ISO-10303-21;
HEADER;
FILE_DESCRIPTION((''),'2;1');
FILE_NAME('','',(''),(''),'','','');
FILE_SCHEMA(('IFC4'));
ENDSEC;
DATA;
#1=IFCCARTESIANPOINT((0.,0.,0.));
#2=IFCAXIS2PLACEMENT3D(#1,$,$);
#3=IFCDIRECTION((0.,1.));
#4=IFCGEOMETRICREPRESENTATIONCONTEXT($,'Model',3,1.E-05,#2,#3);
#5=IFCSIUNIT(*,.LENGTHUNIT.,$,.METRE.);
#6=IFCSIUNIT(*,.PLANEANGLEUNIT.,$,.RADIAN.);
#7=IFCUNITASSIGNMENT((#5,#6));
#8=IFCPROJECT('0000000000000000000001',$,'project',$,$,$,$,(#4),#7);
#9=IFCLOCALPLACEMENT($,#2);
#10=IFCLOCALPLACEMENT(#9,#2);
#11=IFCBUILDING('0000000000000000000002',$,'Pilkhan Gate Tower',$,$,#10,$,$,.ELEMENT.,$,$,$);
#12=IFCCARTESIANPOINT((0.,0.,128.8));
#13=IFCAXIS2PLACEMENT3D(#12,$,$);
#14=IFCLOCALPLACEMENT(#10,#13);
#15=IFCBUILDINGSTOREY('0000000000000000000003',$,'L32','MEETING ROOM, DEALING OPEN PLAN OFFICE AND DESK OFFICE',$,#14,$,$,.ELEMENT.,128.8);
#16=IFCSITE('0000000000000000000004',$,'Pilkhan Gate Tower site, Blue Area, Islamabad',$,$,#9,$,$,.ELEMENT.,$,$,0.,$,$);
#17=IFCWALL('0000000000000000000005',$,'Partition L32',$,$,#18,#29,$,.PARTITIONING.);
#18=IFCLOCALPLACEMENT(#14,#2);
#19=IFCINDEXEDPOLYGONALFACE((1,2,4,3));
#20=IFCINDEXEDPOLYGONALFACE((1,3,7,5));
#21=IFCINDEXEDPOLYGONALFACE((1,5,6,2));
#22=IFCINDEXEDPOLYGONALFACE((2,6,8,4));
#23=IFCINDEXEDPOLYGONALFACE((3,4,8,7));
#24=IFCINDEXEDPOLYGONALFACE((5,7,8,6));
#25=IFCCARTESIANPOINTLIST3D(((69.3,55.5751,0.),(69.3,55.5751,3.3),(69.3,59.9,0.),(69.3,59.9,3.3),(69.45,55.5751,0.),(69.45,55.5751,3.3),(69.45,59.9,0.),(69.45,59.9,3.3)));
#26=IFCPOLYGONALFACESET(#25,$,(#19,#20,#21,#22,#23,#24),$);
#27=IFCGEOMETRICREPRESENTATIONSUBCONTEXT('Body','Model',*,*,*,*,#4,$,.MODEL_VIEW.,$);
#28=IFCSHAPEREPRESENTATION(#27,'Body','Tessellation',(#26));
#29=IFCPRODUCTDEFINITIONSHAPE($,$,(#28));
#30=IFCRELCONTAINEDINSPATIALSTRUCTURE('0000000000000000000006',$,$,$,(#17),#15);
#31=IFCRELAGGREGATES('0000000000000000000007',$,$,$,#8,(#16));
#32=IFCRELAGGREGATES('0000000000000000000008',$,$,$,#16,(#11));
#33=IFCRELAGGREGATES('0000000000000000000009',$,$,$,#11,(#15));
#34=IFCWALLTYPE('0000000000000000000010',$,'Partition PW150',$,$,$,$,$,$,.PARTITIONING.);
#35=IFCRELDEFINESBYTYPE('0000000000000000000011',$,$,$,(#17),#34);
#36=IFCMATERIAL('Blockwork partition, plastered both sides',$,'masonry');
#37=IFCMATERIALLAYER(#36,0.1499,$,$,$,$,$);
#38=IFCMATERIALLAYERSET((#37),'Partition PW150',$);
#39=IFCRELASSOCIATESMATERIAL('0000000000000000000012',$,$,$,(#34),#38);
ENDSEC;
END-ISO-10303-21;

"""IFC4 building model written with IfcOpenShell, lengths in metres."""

from ifc_helpers import new_model, si_unit, direction, frame, frame_2d, origin, place, context, subcontext, project, spatial, rectangle, extrude, material, layer, layer_set, type_object, element, save


model = new_model("IFC4")

# Units and contexts
model_context = context("Model", 3, precision=1e-05, world=origin(), true_north=direction((0.0, 1.0)))
body_context = subcontext(model_context, "Body", "Model", "MODEL_VIEW")
ifc_project = project(units=[si_unit("LENGTHUNIT", "METRE"), si_unit("PLANEANGLEUNIT", "RADIAN")], contexts=[model_context])

# Site, building, storey
site_placement = place(None, origin())
site = spatial("IfcSite", under=ifc_project, at=site_placement, Name="Pilkhan Gate Tower site, Blue Area, Islamabad", CompositionType="ELEMENT", RefElevation=0.0)
building_placement = place(site_placement, origin())
building = spatial("IfcBuilding", under=site, at=building_placement, Name="Pilkhan Gate Tower", CompositionType="ELEMENT")
storey_placement = place(building_placement, frame((0.0, 0.0, 128.8)))
storey = spatial("IfcBuildingStorey", under=building, at=storey_placement, Name="L32", Description="MEETING ROOM, DEALING OPEN PLAN OFFICE AND DESK OFFICE", CompositionType="ELEMENT", Elevation=128.8)

# Shared definitions
ifc_material_1 = material(Name="Blockwork partition, plastered both sides", Category="masonry")
ifc_layer_1 = layer(ifc_material_1, 0.1499)
ifc_layer_set_1 = layer_set([ifc_layer_1], Name="Partition PW150")
wall_type_1 = type_object("IfcWallType", Name="Partition PW150", PredefinedType="PARTITIONING", material=ifc_layer_set_1)

# Wall
wall_1_placement = place(storey_placement, frame((69.375, 55.575, 0.0), z_axis=(0.0, 0.0, 1.0), x_axis=(0.0, 1.0, 0.0)))
element("IfcWall", 1, at=wall_1_placement, inside=storey, type_object=wall_type_1, Name="Partition L32", PredefinedType="PARTITIONING", context=body_context, shape_type="SweptSolid", body=[
    extrude(rectangle(XDim=4.325, YDim=0.1499, at=frame_2d((2.1626, 0.0))), origin(), (0.0, 0.0, 1.0), 3.3),
])

save(model, "model.ifc")
